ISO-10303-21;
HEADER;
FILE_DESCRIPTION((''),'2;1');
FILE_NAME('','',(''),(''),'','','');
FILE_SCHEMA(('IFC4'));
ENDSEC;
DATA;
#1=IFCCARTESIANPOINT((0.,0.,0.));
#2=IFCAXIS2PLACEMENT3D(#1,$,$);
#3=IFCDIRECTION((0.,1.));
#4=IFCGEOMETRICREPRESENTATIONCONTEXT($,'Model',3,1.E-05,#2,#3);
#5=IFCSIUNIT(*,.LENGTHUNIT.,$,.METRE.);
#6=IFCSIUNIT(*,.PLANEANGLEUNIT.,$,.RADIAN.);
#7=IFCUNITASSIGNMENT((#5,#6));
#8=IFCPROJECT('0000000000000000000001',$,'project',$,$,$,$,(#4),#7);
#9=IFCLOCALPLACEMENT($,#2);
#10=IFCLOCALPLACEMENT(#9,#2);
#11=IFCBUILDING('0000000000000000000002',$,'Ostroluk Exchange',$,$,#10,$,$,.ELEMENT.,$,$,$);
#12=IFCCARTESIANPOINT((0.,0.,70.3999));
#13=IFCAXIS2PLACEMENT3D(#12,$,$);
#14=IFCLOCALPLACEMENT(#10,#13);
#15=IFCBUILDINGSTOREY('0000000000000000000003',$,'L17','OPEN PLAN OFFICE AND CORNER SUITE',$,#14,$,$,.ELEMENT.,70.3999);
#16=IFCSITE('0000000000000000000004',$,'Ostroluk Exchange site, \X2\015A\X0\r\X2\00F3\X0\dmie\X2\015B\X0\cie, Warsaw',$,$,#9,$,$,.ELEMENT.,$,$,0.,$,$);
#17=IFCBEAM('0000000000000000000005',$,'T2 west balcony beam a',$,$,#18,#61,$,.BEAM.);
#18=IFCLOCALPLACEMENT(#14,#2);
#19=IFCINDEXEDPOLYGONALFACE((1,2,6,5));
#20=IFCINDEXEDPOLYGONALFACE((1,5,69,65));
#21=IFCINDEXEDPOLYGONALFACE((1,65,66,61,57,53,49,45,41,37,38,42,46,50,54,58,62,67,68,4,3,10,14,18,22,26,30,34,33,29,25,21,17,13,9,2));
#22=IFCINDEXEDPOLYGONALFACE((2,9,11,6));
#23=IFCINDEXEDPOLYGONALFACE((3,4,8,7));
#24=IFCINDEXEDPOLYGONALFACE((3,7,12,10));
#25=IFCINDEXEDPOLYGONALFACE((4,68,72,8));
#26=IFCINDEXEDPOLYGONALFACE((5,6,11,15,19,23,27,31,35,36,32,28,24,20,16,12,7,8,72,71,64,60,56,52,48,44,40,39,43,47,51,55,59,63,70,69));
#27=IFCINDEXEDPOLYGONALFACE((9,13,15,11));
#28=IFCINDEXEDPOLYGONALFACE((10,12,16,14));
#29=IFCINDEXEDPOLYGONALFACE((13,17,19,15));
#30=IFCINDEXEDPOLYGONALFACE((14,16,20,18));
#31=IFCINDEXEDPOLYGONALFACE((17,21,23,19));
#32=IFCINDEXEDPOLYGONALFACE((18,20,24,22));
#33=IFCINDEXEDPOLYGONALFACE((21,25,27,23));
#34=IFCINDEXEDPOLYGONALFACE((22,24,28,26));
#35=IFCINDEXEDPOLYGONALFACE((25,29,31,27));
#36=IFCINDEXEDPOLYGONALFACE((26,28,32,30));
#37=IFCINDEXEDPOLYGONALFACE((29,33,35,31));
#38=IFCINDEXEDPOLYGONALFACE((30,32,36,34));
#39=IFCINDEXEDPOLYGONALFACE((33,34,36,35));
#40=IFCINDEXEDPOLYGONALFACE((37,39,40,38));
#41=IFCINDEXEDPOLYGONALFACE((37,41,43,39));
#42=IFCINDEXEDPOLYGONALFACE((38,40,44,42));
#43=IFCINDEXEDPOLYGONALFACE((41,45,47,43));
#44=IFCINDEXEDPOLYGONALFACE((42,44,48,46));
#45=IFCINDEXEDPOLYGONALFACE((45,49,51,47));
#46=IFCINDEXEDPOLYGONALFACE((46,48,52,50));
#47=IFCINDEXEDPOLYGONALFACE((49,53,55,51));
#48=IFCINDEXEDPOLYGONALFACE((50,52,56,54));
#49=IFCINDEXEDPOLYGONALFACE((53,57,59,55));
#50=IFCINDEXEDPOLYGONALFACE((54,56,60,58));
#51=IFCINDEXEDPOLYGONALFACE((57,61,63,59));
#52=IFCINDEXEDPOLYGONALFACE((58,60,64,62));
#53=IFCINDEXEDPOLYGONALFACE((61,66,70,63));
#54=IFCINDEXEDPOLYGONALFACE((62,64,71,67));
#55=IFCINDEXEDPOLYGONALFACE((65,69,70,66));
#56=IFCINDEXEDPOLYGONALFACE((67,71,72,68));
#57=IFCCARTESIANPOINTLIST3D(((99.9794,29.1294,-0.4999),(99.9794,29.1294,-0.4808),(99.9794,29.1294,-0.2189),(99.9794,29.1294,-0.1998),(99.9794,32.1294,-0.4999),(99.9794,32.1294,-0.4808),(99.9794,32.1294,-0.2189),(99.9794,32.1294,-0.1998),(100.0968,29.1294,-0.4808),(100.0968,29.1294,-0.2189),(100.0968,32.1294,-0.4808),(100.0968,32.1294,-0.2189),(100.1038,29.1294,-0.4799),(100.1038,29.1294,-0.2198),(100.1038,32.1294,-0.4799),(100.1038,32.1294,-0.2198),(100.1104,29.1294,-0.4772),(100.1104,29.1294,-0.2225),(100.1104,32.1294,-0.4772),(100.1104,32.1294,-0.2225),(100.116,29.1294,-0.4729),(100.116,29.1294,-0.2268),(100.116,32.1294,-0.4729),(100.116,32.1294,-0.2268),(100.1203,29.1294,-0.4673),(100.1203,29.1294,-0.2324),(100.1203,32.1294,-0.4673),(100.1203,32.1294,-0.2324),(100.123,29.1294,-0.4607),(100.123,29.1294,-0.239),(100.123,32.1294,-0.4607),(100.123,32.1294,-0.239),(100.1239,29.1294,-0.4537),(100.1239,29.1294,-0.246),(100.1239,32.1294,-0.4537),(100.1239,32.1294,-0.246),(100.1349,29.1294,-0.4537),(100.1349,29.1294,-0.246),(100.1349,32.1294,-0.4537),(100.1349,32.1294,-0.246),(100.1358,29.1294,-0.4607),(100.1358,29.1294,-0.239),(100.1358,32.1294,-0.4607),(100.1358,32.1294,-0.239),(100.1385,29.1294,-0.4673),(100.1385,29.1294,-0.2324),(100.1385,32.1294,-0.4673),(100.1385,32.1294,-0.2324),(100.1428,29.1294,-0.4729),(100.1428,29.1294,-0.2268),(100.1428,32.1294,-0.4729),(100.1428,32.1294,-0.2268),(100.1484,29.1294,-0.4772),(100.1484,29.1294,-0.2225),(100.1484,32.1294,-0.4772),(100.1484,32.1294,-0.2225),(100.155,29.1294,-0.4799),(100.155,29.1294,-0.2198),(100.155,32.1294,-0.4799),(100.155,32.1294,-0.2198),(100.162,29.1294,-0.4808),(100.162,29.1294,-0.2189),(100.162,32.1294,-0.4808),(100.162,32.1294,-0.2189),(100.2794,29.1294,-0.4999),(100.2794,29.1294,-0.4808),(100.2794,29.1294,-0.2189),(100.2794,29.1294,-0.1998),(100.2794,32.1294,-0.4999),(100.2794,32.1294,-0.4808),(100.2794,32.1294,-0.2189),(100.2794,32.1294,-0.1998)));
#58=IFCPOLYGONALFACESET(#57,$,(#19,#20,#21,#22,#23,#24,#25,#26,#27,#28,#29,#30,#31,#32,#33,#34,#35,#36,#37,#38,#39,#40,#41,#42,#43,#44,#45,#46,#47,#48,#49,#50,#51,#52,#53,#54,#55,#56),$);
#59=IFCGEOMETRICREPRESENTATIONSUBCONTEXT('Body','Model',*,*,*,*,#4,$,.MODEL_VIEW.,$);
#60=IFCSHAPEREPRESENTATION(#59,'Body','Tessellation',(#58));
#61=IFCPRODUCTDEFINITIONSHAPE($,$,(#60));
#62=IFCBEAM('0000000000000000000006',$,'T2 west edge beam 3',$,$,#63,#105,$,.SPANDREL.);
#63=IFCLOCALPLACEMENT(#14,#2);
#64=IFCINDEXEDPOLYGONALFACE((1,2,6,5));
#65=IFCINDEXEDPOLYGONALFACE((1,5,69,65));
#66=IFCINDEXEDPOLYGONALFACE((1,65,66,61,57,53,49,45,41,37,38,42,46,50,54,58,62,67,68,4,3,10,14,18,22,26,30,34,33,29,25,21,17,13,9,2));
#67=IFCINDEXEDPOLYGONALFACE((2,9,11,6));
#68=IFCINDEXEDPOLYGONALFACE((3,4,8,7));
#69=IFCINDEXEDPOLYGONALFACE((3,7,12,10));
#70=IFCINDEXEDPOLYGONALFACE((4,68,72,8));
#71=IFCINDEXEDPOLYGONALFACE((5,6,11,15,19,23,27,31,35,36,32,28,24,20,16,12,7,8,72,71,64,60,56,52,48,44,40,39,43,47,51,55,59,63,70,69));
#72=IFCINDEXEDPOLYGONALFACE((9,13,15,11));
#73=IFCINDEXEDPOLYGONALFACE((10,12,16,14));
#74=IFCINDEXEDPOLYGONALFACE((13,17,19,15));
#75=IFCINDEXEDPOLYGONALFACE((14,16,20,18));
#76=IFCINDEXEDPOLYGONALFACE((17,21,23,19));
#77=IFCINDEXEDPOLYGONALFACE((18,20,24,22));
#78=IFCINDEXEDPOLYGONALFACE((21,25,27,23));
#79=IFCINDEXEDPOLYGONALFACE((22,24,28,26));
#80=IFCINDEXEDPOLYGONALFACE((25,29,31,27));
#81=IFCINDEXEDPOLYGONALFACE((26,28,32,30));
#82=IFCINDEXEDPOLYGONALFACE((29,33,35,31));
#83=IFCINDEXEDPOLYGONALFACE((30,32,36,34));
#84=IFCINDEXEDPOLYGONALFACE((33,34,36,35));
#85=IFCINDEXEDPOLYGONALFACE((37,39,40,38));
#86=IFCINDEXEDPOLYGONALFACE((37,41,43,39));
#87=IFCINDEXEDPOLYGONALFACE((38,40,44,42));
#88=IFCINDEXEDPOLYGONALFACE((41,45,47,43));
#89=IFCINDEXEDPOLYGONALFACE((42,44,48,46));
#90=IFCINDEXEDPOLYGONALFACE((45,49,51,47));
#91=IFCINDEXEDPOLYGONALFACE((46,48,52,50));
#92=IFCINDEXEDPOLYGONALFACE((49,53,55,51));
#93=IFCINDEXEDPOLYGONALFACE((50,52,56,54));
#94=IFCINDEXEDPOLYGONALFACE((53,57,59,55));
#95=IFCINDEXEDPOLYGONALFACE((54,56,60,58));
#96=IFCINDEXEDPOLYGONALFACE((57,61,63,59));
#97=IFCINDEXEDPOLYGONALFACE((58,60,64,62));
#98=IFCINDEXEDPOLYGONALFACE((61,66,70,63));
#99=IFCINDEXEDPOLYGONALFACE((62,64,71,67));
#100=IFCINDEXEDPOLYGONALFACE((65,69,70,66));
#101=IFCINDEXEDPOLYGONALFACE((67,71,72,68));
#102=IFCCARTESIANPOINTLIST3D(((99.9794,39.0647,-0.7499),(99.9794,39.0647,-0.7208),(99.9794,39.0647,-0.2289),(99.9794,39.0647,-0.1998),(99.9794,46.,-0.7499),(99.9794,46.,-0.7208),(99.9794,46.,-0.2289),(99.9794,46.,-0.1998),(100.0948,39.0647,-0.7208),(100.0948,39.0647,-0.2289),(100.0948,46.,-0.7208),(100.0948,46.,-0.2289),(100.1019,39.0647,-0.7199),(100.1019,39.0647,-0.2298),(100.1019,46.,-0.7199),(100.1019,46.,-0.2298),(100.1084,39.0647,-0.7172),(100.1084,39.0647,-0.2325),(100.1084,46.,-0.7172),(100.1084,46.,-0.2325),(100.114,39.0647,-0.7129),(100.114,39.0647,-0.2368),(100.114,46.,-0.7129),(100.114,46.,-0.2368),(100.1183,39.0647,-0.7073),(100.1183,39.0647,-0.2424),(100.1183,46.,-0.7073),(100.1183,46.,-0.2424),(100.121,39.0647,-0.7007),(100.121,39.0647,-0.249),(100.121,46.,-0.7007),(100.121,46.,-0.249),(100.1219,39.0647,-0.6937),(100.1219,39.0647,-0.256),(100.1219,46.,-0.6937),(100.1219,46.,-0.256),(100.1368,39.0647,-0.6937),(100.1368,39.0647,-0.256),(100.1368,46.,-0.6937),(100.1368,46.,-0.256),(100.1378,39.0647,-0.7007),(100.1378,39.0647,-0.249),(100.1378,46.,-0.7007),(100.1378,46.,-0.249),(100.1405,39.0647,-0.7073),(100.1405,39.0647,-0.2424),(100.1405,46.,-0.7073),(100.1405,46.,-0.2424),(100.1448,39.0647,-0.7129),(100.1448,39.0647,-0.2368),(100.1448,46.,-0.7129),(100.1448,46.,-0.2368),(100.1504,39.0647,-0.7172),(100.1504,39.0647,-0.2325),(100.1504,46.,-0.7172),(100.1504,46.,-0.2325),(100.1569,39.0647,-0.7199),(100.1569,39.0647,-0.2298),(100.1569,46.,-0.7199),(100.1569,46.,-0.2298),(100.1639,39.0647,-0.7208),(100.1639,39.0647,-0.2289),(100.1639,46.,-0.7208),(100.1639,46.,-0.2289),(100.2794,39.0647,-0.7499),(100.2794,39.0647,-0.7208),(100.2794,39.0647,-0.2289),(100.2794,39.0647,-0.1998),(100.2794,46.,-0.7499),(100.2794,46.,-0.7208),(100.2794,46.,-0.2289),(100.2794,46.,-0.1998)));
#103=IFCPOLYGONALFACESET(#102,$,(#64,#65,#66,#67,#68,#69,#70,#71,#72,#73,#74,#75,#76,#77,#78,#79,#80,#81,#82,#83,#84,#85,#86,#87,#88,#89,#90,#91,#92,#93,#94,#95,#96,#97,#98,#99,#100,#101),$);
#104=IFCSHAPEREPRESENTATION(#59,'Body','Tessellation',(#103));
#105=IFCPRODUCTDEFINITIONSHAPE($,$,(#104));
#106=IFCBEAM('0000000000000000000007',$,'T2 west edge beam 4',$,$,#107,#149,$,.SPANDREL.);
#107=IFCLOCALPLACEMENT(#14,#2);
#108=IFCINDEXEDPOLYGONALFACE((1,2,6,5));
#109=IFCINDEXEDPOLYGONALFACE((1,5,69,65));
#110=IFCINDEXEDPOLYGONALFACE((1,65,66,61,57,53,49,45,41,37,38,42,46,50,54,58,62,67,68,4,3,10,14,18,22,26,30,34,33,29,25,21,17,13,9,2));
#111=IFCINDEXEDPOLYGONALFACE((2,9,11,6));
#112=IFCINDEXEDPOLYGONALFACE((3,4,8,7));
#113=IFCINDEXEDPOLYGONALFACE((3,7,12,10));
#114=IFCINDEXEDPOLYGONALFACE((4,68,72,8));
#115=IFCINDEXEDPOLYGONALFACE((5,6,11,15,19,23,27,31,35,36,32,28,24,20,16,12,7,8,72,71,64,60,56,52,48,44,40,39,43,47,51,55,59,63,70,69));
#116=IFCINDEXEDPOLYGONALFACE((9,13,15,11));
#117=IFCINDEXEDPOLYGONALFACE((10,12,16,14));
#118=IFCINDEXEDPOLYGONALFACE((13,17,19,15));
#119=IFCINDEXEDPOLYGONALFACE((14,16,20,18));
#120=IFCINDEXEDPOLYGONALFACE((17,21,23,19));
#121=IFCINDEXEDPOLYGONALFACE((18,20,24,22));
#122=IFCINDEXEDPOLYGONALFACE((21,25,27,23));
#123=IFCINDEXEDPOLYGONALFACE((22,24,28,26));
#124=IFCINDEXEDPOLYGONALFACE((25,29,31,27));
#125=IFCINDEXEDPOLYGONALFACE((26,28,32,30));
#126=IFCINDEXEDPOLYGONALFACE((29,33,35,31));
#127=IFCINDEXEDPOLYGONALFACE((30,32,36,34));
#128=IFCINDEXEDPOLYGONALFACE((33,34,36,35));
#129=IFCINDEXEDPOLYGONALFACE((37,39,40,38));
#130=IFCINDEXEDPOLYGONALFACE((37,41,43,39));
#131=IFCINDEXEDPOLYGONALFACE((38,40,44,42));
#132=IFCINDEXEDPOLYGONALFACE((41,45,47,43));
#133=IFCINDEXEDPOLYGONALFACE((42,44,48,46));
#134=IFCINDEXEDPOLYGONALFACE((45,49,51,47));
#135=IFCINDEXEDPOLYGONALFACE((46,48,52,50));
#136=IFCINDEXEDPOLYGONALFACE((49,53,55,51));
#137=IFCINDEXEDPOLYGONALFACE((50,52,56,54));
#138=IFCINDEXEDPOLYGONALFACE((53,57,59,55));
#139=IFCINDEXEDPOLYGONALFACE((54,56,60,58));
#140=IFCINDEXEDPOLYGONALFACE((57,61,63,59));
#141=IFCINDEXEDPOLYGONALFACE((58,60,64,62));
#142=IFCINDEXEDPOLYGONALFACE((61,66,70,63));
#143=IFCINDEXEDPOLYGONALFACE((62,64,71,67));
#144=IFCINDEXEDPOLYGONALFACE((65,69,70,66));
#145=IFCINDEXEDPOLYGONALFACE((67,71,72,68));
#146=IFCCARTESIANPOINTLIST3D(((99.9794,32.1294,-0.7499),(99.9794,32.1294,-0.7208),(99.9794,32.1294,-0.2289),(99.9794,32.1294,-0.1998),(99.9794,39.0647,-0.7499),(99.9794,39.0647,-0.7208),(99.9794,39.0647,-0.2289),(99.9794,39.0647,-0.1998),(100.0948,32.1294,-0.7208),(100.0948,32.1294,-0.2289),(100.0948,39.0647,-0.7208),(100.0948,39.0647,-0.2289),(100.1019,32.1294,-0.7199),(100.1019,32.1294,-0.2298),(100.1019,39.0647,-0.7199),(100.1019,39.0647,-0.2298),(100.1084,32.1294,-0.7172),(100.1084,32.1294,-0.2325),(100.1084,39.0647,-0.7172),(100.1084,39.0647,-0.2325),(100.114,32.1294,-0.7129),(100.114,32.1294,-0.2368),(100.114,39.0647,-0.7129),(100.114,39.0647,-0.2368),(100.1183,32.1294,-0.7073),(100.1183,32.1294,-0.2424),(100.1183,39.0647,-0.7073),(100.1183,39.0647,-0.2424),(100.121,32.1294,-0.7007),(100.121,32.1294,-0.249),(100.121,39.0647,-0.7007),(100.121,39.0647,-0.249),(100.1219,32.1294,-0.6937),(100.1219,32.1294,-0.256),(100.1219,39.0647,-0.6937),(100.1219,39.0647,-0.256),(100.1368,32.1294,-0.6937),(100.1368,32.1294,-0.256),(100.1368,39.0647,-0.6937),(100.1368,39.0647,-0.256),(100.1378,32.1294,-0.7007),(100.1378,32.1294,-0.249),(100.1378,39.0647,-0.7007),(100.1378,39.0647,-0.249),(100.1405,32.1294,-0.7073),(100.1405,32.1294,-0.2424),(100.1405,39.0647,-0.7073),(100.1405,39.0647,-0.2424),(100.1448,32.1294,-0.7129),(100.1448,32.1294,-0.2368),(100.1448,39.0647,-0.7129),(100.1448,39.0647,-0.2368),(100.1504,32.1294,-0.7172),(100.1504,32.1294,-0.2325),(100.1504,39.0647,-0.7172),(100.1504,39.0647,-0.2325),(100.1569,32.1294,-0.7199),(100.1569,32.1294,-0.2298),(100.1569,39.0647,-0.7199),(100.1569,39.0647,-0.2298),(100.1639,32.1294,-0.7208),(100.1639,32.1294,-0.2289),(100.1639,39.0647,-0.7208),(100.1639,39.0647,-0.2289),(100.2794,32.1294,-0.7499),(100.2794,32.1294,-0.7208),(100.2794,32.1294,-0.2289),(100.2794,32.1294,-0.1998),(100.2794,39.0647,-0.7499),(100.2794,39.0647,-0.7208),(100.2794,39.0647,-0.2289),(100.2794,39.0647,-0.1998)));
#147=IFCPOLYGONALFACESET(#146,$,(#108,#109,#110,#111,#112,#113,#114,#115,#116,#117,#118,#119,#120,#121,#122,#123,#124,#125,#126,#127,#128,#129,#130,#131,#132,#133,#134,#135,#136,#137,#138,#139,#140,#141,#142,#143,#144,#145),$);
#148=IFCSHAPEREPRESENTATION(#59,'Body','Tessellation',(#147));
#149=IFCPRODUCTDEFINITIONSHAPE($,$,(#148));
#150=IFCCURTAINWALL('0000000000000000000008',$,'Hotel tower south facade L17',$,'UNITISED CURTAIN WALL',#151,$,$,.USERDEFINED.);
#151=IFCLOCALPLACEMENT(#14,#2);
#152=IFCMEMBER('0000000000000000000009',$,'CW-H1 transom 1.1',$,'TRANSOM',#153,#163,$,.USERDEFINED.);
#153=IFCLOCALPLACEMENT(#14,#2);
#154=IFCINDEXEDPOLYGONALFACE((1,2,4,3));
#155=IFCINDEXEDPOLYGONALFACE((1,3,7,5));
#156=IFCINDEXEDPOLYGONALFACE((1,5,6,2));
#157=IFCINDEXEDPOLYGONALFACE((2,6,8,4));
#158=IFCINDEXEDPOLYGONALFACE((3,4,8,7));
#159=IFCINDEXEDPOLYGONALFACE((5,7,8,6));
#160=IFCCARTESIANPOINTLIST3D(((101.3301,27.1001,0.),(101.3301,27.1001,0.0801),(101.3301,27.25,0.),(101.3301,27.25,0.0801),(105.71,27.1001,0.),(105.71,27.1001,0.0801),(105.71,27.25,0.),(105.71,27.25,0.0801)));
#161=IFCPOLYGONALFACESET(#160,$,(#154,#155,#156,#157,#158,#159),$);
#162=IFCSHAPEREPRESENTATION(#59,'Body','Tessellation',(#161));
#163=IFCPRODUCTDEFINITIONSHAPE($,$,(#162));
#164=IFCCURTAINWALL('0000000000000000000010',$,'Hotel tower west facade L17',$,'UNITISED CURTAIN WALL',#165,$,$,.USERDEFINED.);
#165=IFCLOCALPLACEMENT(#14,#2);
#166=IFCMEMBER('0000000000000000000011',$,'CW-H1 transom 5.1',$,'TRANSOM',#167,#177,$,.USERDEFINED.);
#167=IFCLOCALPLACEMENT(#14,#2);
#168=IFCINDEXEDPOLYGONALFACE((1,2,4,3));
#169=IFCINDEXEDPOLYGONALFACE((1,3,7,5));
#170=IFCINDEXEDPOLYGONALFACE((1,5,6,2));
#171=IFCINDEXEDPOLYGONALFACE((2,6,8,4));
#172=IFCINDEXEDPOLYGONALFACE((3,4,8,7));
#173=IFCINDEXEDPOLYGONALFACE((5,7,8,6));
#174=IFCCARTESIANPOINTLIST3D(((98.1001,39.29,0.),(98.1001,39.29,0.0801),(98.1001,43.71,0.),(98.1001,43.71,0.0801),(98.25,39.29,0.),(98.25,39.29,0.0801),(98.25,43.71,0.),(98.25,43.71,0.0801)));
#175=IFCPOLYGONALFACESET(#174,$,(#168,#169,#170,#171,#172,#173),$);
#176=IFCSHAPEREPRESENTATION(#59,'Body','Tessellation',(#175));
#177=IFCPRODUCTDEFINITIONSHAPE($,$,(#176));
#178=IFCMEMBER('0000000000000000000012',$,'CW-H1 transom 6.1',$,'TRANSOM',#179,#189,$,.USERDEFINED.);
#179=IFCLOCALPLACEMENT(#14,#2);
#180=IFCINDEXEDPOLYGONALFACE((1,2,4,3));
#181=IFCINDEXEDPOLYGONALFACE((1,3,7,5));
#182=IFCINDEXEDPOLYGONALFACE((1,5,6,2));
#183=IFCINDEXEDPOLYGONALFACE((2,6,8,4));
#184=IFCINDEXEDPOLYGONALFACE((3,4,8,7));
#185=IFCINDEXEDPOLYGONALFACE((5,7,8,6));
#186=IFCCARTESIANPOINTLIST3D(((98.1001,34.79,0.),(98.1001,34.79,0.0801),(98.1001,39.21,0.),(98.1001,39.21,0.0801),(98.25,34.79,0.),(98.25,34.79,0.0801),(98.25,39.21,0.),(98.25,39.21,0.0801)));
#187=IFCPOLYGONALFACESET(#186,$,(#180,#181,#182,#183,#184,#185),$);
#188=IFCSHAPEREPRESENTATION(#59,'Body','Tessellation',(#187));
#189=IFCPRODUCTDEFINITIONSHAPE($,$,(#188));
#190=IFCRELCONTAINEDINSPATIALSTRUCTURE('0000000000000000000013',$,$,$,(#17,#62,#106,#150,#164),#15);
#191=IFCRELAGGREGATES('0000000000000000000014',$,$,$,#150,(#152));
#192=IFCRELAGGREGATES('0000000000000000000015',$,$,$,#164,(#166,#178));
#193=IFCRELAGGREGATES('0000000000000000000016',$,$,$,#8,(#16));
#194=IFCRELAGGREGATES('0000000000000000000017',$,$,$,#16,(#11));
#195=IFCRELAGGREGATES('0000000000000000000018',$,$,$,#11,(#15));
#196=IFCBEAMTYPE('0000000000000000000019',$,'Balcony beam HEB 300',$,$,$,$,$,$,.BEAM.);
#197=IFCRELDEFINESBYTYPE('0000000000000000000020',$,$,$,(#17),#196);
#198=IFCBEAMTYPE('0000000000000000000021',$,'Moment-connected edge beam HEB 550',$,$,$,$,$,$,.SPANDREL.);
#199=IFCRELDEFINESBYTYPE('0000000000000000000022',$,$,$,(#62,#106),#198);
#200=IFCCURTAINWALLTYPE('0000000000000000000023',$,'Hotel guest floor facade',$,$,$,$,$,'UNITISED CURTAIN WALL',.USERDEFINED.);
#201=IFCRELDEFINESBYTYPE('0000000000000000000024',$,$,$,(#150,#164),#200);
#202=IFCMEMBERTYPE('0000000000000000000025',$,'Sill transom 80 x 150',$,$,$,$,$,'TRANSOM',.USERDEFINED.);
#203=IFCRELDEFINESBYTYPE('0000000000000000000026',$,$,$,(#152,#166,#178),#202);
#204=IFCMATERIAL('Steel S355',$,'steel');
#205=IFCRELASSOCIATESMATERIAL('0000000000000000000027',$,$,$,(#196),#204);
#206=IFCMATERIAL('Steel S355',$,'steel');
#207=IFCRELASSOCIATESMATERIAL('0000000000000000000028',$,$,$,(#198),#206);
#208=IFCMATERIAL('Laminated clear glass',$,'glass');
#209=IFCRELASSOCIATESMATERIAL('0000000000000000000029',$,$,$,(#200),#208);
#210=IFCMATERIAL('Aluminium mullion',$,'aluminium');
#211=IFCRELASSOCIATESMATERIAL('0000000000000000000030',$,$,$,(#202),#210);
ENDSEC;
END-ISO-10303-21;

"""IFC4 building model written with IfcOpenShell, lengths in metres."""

from ifc_helpers import new_model, si_unit, direction, frame, origin, origin_2d, place, context, subcontext, project, spatial, rectangle, i_section, extrude, material, material_profile, profile_set, type_object, element, aggregate, save


model = new_model("IFC4")

# Units and contexts
model_context = context("Model", 3, precision=1e-05, world=origin(), true_north=direction((0.0, 1.0)))
body_context = subcontext(model_context, "Body", "Model", "MODEL_VIEW")
ifc_project = project(units=[si_unit("LENGTHUNIT", "METRE"), si_unit("PLANEANGLEUNIT", "RADIAN")], contexts=[model_context])

# Site, building, storey
site_placement = place(None, origin())
site = spatial("IfcSite", under=ifc_project, at=site_placement, Name="Ostroluk Exchange site, Śródmieście, Warsaw", CompositionType="ELEMENT", RefElevation=0.0)
building_placement = place(site_placement, origin())
building = spatial("IfcBuilding", under=site, at=building_placement, Name="Ostroluk Exchange", CompositionType="ELEMENT")
storey_placement = place(building_placement, frame((0.0, 0.0, 70.3999)))
storey = spatial("IfcBuildingStorey", under=building, at=storey_placement, Name="L17", Description="OPEN PLAN OFFICE AND CORNER SUITE", CompositionType="ELEMENT", Elevation=70.3999)

# Beams
ifc_material_1 = material(Name="Steel S355", Category="steel")
ifc_material_profile_1 = material_profile(ifc_material_1, i_section(OverallWidth=0.3, OverallDepth=0.3, WebThickness=0.011, FlangeThickness=0.019, FilletRadius=0.0271, at=origin_2d()), Name="HEB 300")
ifc_profile_set_1 = profile_set([ifc_material_profile_1], Name="Steel S355")
beam_type_1 = type_object("IfcBeamType", Name="Balcony beam HEB 300", PredefinedType="BEAM", material=ifc_profile_set_1)
beam_placement = place(storey_placement, frame((100.1294, 32.1294, -0.3499), z_axis=(0.0, -1.0, 0.0), x_axis=(1.0, 0.0, 0.0)))
element("IfcBeam", 1, at=beam_placement, inside=storey, type_object=beam_type_1, Name="T2 west balcony beam a", PredefinedType="BEAM", context=body_context, shape_type="SweptSolid", body=[
    extrude(i_section(OverallWidth=0.3, OverallDepth=0.3, WebThickness=0.011, FlangeThickness=0.019, FilletRadius=0.0271, at=origin_2d()), origin(), (0.0, 0.0, 1.0), 3.0),
])
ifc_material_2 = material(Name="Steel S355", Category="steel")
ifc_material_profile_2 = material_profile(ifc_material_2, i_section(OverallWidth=0.3, OverallDepth=0.55, WebThickness=0.0149, FlangeThickness=0.0291, FilletRadius=0.0271, at=origin_2d()), Name="HEB 550")
ifc_profile_set_2 = profile_set([ifc_material_profile_2], Name="Steel S355")
beam_type_2 = type_object("IfcBeamType", Name="Moment-connected edge beam HEB 550", PredefinedType="SPANDREL", material=ifc_profile_set_2)
for number, where, z_axis, x_axis, name in (
    (2, (100.1294, 46.0, -0.4749), (0.0, -1.0, 0.0), (1.0, 0.0, 0.0), "T2 west edge beam 3"),
    (3, (100.1294, 39.0647, -0.4749), (0.0, -1.0, 0.0), (1.0, 0.0, 0.0), "T2 west edge beam 4"),
):
    element("IfcBeam", number, at=place(storey_placement, frame(where, z_axis=z_axis, x_axis=x_axis)), inside=storey, type_object=beam_type_2, Name=name, PredefinedType="SPANDREL", context=body_context, shape_type="SweptSolid", body=[
        extrude(i_section(OverallWidth=0.3, OverallDepth=0.55, WebThickness=0.0149, FlangeThickness=0.0291, FilletRadius=0.0271, at=origin_2d()), origin(), (0.0, 0.0, 1.0), 6.9353),
    ])

# Curtain wall, member
ifc_material_3 = material(Name="Laminated clear glass", Category="glass")
curtain_wall_type = type_object("IfcCurtainWallType", Name="Hotel guest floor facade", ElementType="UNITISED CURTAIN WALL", PredefinedType="USERDEFINED", material=ifc_material_3)
curtain_wall_1_placement = place(storey_placement, origin())
curtain_wall_1 = element("IfcCurtainWall", 4, at=curtain_wall_1_placement, inside=storey, type_object=curtain_wall_type, Name="Hotel tower south facade L17", ObjectType="UNITISED CURTAIN WALL", PredefinedType="USERDEFINED")
ifc_material_4 = material(Name="Aluminium mullion", Category="aluminium")
ifc_material_profile_3 = material_profile(ifc_material_4, rectangle(XDim=0.1499, YDim=0.0801, at=origin_2d()), Name="Sill transom 80 x 150")
ifc_profile_set_3 = profile_set([ifc_material_profile_3], Name="Aluminium mullion")
member_type_1 = type_object("IfcMemberType", Name="Sill transom 80 x 150", ElementType="TRANSOM", PredefinedType="USERDEFINED", material=ifc_profile_set_3)
member_1_placement = place(storey_placement, frame((101.3301, 27.175, 0.04), z_axis=(1.0, 0.0, 0.0), x_axis=(0.0, 1.0, 0.0)))
member_1 = element("IfcMember", 5, at=member_1_placement, type_object=member_type_1, Name="CW-H1 transom 1.1", ObjectType="TRANSOM", PredefinedType="USERDEFINED", context=body_context, shape_type="SweptSolid", body=[
    extrude(rectangle(XDim=0.1499, YDim=0.0801, at=origin_2d()), origin(), (0.0, 0.0, 1.0), 4.3799),
])

# Curtain wall, members
curtain_wall_2_placement = place(storey_placement, origin())
curtain_wall_2 = element("IfcCurtainWall", 6, at=curtain_wall_2_placement, inside=storey, type_object=curtain_wall_type, Name="Hotel tower west facade L17", ObjectType="UNITISED CURTAIN WALL", PredefinedType="USERDEFINED")
member_2_placement = place(storey_placement, frame((98.175, 43.71, 0.04), z_axis=(0.0, -1.0, 0.0), x_axis=(1.0, 0.0, 0.0)))
member_2 = element("IfcMember", 7, at=member_2_placement, type_object=member_type_1, Name="CW-H1 transom 5.1", ObjectType="TRANSOM", PredefinedType="USERDEFINED", context=body_context, shape_type="SweptSolid", body=[
    extrude(rectangle(XDim=0.1499, YDim=0.0801, at=origin_2d()), origin(), (0.0, 0.0, 1.0), 4.4199),
])
member_3_placement = place(storey_placement, frame((98.175, 39.21, 0.04), z_axis=(0.0, -1.0, 0.0), x_axis=(1.0, 0.0, 0.0)))
member_3 = element("IfcMember", 8, at=member_3_placement, type_object=member_type_1, Name="CW-H1 transom 6.1", ObjectType="TRANSOM", PredefinedType="USERDEFINED", context=body_context, shape_type="SweptSolid", body=[
    extrude(rectangle(XDim=0.1499, YDim=0.0801, at=origin_2d()), origin(), (0.0, 0.0, 1.0), 4.4199),
])

aggregate(curtain_wall_1, [member_1])

aggregate(curtain_wall_2, [member_2, member_3])

save(model, "model.ifc")
